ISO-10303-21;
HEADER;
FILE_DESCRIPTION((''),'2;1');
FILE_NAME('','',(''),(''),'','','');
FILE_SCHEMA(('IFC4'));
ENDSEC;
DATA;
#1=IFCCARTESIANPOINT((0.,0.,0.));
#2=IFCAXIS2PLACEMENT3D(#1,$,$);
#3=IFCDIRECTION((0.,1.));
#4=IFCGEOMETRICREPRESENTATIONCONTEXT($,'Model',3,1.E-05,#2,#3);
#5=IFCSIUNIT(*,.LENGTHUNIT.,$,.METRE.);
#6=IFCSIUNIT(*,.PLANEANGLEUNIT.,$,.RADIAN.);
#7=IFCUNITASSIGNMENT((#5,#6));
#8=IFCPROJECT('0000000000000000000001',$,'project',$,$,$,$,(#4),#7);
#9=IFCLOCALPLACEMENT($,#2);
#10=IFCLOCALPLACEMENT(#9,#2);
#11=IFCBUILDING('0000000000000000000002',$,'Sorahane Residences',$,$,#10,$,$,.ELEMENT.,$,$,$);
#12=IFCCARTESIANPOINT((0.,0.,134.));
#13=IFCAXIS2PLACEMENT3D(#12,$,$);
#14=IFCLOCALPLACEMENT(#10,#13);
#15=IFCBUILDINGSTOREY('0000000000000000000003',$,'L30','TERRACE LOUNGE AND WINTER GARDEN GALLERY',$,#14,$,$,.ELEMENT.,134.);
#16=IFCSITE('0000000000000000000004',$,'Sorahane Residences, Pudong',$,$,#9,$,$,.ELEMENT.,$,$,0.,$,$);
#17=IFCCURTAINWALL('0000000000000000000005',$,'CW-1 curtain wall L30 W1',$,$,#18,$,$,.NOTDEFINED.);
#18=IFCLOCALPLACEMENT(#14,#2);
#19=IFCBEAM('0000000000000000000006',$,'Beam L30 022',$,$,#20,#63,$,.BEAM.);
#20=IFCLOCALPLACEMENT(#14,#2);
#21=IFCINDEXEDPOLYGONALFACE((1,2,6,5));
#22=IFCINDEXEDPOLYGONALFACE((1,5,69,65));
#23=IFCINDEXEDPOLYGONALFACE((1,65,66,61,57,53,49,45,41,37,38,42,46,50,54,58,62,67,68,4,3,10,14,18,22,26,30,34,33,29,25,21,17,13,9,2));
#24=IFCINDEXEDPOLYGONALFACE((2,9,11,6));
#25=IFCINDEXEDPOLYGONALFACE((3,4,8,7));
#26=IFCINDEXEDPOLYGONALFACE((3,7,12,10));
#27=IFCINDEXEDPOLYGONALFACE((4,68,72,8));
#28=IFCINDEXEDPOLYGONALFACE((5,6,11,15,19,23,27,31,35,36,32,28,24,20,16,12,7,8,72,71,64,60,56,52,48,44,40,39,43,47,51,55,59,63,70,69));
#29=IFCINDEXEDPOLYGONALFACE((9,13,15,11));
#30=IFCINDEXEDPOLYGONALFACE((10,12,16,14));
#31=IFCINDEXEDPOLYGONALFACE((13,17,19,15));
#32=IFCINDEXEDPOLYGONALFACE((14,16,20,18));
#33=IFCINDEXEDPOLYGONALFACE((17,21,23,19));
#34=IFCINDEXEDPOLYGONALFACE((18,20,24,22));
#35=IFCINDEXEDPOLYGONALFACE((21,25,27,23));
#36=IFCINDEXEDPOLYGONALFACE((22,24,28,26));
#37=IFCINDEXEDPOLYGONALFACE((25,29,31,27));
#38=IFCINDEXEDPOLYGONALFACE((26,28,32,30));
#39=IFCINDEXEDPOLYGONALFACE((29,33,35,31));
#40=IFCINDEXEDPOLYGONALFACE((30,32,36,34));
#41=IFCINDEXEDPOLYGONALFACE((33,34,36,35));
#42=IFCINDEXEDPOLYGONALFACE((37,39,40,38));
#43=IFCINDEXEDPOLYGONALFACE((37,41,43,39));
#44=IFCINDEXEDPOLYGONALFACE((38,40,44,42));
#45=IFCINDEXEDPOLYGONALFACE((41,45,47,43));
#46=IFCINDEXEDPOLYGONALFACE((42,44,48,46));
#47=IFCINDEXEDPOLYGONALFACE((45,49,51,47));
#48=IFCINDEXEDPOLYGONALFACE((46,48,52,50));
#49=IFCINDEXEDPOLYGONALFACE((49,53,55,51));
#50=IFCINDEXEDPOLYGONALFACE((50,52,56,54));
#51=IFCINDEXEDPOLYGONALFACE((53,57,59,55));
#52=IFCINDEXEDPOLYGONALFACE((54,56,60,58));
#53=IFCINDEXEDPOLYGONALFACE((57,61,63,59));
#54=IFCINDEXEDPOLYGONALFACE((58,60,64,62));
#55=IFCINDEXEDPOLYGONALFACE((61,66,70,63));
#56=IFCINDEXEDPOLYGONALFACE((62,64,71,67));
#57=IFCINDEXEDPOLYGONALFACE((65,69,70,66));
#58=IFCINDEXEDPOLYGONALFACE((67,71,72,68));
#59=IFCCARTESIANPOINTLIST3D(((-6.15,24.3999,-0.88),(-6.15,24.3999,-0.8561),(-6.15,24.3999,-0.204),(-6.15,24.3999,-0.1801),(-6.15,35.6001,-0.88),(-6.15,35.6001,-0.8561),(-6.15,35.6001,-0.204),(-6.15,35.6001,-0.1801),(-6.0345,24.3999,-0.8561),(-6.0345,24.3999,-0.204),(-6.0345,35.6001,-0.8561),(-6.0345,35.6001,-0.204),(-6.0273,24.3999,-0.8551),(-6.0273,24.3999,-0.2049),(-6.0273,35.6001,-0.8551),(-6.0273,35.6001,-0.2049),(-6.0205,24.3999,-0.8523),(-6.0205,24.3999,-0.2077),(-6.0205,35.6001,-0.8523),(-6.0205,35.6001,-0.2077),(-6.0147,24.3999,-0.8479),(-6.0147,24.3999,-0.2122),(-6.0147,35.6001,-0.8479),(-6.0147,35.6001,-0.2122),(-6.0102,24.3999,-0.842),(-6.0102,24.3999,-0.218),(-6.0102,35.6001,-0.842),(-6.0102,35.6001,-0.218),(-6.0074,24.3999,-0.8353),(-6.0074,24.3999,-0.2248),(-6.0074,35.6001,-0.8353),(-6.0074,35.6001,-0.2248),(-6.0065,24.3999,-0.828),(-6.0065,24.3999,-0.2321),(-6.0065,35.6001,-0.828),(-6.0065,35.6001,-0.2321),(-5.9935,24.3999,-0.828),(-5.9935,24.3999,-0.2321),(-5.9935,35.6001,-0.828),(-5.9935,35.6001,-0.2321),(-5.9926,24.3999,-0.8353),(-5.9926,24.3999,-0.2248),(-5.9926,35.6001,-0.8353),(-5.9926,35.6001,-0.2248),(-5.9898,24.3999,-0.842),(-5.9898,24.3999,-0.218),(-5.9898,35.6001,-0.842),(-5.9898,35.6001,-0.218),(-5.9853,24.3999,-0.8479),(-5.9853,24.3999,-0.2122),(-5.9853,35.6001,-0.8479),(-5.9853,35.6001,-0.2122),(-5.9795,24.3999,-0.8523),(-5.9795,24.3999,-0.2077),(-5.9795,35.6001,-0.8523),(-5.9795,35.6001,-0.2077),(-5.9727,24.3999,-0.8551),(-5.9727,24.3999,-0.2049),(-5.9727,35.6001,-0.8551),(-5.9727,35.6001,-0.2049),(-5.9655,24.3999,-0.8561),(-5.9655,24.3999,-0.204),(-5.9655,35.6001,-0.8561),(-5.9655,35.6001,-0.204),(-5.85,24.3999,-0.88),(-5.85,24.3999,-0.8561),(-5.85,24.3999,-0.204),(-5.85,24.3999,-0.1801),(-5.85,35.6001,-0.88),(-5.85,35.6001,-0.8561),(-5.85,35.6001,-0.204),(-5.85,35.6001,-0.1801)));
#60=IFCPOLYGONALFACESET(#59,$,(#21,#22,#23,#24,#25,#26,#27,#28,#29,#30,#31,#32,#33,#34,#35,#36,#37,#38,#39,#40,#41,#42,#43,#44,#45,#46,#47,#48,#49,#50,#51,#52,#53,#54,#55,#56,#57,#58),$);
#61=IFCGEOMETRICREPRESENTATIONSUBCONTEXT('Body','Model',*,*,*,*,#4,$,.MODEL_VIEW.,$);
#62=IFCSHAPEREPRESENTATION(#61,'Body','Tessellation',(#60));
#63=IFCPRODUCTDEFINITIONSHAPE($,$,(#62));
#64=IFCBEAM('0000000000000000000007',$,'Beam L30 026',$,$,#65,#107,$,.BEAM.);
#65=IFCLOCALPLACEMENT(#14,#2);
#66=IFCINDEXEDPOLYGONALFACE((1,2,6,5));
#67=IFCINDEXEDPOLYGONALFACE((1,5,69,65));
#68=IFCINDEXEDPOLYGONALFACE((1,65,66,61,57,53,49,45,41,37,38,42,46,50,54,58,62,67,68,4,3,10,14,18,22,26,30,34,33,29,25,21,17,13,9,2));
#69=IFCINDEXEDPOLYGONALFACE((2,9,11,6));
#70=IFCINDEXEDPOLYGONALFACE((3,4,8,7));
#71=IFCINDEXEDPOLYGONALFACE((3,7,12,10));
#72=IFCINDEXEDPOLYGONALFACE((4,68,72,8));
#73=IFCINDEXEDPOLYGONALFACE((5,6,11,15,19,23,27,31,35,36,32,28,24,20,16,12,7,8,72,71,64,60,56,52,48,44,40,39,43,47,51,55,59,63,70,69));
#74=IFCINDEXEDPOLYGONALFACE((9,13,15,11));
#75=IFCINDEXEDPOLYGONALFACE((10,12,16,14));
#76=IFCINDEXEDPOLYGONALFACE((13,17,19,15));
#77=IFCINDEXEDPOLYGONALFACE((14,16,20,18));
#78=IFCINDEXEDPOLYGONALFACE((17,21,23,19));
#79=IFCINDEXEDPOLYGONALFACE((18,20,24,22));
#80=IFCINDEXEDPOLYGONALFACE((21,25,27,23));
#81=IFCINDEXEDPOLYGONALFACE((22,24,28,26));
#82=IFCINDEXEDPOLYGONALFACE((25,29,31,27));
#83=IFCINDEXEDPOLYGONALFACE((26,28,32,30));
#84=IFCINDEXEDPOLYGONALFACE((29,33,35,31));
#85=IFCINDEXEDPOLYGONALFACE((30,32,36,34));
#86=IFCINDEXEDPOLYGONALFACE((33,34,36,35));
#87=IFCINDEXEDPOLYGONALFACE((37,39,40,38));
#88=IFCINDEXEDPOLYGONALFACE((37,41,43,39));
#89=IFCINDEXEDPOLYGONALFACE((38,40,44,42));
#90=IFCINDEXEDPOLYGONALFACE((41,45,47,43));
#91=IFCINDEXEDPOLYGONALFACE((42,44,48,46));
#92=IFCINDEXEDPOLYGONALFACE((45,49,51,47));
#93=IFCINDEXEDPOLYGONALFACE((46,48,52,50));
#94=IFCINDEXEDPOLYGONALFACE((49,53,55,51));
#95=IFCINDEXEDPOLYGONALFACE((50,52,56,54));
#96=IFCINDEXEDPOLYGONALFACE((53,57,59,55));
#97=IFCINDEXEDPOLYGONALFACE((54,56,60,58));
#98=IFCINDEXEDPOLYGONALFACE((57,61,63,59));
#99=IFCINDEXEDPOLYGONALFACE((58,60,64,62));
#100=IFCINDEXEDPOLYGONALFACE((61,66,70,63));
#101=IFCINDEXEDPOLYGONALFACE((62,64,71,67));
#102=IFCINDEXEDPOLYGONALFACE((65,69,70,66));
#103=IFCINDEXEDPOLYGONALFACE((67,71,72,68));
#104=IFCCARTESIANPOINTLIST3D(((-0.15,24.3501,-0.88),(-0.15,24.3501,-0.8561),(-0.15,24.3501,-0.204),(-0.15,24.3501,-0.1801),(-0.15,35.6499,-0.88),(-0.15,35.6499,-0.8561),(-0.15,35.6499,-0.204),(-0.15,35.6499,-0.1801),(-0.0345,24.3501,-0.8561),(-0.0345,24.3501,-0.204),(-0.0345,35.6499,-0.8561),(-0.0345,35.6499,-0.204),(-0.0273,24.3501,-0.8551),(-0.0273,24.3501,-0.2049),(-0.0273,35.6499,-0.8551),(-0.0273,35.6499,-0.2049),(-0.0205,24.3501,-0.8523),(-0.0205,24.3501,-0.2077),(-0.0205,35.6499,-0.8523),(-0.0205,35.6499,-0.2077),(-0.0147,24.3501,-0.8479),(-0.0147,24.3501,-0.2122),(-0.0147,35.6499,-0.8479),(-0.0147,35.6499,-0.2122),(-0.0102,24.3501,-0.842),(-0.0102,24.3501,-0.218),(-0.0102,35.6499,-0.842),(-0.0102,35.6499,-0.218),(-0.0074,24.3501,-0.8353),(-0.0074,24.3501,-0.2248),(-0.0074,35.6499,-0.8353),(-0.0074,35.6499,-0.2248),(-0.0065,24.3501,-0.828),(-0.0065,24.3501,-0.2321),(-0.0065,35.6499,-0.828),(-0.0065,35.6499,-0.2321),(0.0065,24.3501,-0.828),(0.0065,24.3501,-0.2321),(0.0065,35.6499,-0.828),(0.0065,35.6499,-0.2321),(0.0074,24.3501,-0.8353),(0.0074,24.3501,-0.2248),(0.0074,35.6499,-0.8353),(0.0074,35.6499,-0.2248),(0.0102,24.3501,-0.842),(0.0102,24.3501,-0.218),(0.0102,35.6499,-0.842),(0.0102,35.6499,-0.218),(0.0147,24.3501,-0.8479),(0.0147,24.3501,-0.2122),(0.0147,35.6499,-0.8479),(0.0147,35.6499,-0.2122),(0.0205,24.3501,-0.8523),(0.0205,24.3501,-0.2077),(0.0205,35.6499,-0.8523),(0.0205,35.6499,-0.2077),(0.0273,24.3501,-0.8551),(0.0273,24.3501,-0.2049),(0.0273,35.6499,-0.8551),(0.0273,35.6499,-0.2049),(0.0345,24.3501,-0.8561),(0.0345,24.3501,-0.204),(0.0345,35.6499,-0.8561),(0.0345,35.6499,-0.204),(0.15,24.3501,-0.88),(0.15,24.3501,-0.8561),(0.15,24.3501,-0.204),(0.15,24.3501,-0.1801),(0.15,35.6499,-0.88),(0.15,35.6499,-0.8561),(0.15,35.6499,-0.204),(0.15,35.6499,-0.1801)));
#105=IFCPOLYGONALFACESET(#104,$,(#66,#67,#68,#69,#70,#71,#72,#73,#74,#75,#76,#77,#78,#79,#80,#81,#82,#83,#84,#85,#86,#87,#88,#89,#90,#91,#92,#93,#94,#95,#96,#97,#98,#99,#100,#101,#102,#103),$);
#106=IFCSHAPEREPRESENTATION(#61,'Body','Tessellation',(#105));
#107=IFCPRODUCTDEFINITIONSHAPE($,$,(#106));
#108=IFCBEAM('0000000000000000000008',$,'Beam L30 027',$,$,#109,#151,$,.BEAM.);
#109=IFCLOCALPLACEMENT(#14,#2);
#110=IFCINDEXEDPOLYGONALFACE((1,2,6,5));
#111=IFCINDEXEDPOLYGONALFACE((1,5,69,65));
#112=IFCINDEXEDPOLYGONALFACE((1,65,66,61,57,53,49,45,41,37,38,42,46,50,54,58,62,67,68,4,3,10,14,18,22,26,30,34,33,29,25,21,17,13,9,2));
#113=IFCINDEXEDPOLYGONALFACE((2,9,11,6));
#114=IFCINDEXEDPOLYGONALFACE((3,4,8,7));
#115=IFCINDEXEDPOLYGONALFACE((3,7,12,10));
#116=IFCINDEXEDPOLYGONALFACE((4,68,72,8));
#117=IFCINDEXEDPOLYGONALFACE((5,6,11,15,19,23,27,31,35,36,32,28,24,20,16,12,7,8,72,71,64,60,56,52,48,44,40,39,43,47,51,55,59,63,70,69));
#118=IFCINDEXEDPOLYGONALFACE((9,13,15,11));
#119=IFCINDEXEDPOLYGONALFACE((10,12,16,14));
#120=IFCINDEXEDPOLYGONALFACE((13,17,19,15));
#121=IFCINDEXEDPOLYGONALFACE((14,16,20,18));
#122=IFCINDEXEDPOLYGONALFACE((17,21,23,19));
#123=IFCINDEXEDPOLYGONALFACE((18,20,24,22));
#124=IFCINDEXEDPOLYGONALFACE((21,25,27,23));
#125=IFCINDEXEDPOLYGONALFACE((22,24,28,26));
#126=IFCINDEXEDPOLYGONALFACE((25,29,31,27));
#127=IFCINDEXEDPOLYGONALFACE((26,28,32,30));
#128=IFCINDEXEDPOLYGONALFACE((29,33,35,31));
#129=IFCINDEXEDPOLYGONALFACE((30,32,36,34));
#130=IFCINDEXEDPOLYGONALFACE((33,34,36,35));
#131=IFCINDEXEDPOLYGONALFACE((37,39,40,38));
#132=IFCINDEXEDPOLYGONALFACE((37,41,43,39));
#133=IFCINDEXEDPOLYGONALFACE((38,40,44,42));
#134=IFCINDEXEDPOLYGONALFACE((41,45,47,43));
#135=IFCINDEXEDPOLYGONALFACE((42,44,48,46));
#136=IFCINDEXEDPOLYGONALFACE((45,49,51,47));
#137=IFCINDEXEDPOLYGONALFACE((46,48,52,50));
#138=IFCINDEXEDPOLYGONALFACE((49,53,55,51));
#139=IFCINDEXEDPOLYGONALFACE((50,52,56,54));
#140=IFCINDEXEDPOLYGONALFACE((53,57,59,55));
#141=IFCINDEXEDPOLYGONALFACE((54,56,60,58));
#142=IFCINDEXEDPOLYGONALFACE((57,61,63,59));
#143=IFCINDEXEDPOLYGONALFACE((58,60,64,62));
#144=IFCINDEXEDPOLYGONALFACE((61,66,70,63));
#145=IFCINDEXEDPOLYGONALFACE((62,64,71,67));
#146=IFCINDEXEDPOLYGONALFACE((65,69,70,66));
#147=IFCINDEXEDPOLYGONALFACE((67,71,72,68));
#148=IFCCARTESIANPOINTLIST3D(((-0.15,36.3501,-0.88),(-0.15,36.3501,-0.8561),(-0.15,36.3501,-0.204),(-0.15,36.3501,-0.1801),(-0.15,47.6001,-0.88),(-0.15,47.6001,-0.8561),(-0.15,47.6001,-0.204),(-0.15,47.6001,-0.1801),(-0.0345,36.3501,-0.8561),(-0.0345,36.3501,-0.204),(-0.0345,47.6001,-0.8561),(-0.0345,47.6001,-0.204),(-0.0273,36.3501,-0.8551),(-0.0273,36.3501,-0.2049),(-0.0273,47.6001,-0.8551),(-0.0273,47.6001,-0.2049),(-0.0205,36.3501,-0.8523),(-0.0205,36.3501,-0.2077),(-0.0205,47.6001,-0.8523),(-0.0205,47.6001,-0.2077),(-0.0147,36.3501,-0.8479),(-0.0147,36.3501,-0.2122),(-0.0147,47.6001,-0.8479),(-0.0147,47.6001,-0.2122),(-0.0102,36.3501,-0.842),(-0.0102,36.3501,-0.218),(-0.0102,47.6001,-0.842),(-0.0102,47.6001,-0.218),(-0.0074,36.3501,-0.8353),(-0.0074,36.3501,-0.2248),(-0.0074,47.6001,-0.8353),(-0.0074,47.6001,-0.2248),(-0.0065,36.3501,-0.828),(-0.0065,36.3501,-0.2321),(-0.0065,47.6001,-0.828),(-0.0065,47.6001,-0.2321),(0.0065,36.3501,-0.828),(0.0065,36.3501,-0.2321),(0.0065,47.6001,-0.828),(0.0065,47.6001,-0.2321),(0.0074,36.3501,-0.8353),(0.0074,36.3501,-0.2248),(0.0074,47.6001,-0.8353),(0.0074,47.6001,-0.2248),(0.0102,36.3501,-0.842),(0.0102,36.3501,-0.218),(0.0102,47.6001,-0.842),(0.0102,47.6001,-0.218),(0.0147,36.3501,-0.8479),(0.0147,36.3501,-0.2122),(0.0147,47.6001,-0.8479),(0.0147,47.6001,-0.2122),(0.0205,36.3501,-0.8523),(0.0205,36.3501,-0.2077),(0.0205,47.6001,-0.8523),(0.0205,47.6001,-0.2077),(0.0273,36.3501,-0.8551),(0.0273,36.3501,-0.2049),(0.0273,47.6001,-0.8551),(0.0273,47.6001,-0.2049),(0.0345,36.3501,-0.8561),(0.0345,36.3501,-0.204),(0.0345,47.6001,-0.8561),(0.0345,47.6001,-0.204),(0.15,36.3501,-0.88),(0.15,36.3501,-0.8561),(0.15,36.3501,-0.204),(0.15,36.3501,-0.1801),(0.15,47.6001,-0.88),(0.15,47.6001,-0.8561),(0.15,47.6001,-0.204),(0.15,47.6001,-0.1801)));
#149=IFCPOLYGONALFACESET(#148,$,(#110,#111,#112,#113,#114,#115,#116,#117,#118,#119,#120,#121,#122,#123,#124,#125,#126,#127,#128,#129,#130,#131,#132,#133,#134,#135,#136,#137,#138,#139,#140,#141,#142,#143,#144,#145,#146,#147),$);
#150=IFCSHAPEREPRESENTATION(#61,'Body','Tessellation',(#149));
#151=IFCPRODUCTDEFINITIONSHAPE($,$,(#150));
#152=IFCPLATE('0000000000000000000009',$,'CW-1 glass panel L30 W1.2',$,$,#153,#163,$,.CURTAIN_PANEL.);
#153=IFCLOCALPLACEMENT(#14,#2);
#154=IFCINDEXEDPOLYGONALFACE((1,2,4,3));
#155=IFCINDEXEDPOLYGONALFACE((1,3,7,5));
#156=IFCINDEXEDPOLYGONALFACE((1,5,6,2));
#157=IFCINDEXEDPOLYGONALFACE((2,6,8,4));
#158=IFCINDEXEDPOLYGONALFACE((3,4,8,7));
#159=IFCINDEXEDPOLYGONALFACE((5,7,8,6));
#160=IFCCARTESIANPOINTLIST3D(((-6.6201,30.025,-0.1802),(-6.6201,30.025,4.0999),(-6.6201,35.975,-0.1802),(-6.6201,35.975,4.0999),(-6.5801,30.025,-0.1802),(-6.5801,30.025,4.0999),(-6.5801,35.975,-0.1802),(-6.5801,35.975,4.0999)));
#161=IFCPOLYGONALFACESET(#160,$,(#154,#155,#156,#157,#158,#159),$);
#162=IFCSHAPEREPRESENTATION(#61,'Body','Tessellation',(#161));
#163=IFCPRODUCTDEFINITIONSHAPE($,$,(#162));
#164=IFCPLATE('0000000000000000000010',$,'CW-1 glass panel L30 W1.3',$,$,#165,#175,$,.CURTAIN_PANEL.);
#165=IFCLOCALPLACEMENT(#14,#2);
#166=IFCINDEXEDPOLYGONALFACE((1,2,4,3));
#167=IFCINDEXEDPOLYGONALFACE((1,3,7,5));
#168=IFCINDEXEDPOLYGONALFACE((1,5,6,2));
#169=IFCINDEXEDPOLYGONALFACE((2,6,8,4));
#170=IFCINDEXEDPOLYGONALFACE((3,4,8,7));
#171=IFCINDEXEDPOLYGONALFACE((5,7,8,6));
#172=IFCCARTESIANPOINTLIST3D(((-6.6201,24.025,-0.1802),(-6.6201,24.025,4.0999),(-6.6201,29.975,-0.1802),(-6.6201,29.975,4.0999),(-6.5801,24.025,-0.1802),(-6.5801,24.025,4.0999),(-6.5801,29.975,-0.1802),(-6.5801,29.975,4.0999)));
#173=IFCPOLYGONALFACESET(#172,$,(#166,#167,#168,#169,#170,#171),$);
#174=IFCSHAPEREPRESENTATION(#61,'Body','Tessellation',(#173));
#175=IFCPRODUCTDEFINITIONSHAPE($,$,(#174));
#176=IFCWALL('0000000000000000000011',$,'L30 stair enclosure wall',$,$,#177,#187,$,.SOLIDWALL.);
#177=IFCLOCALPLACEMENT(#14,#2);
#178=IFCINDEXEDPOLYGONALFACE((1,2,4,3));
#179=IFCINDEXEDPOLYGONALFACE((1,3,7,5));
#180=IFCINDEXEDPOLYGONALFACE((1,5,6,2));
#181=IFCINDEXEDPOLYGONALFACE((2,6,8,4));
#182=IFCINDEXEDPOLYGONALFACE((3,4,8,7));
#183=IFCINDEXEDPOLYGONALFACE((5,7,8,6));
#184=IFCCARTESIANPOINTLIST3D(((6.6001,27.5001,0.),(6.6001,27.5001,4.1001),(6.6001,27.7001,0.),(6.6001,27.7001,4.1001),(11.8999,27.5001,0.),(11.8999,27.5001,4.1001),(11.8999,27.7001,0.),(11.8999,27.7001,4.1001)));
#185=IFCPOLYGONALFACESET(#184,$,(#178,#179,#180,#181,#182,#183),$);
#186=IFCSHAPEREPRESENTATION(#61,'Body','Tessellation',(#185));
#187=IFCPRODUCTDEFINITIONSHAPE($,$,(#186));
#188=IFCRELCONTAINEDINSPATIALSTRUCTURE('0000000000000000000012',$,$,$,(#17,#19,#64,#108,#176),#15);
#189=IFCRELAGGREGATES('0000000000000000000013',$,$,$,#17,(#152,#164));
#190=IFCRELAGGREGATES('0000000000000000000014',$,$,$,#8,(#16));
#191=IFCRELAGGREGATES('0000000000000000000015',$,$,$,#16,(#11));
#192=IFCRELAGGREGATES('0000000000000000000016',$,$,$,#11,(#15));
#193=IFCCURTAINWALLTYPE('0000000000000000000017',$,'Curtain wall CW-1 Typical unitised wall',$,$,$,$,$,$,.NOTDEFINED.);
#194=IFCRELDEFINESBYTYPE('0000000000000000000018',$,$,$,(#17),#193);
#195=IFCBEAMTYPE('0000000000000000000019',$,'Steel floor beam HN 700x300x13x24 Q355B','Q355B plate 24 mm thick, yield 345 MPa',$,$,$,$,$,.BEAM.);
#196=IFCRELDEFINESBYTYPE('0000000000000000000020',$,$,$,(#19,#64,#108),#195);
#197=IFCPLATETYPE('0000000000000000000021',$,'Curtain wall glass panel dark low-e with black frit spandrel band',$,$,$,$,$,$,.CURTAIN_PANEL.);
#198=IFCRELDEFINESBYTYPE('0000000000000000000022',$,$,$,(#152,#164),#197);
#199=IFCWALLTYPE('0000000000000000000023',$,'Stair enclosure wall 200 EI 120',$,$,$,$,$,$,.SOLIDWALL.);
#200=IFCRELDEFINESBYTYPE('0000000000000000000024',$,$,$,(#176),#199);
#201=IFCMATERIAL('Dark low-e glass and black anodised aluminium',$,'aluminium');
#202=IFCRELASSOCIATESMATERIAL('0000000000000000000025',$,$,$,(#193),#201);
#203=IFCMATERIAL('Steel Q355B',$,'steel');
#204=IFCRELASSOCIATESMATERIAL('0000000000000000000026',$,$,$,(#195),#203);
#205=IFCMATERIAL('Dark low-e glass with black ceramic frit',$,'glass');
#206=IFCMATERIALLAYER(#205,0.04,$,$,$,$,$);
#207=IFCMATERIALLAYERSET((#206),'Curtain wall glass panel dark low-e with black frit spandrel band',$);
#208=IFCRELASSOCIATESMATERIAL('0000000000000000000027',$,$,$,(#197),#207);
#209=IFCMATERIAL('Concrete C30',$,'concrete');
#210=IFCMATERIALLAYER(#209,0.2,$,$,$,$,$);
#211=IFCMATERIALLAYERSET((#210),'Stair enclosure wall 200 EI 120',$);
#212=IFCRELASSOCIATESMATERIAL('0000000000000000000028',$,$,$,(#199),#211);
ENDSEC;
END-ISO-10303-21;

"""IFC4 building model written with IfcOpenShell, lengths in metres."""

from ifc_helpers import new_model, si_unit, direction, frame, frame_2d, origin, origin_2d, place, context, subcontext, project, spatial, rectangle, i_section, extrude, material, layer, layer_set, material_profile, profile_set, type_object, element, aggregate, save


model = new_model("IFC4")

# Units and contexts
model_context = context("Model", 3, precision=1e-05, world=origin(), true_north=direction((0.0, 1.0)))
body_context = subcontext(model_context, "Body", "Model", "MODEL_VIEW")
ifc_project = project(units=[si_unit("LENGTHUNIT", "METRE"), si_unit("PLANEANGLEUNIT", "RADIAN")], contexts=[model_context])

# Site, building, storey
site_placement = place(None, origin())
site = spatial("IfcSite", under=ifc_project, at=site_placement, Name="Sorahane Residences, Pudong", CompositionType="ELEMENT", RefElevation=0.0)
building_placement = place(site_placement, origin())
building = spatial("IfcBuilding", under=site, at=building_placement, Name="Sorahane Residences", CompositionType="ELEMENT")
storey_placement = place(building_placement, frame((0.0, 0.0, 134.0)))
storey = spatial("IfcBuildingStorey", under=building, at=storey_placement, Name="L30", Description="TERRACE LOUNGE AND WINTER GARDEN GALLERY", CompositionType="ELEMENT", Elevation=134.0)

# Curtain wall
ifc_material_1 = material(Name="Dark low-e glass and black anodised aluminium", Category="aluminium")
curtain_wall_type = type_object("IfcCurtainWallType", Name="Curtain wall CW-1 Typical unitised wall", PredefinedType="NOTDEFINED", material=ifc_material_1)
curtain_wall_placement = place(storey_placement, origin())
curtain_wall = element("IfcCurtainWall", 1, at=curtain_wall_placement, inside=storey, type_object=curtain_wall_type, Name="CW-1 curtain wall L30 W1", PredefinedType="NOTDEFINED")

# Beams
ifc_material_2 = material(Name="Steel Q355B", Category="steel")
ifc_material_profile_1 = material_profile(ifc_material_2, i_section(OverallWidth=0.3, OverallDepth=0.7, WebThickness=0.0129, FlangeThickness=0.0239, FilletRadius=0.0281, at=origin_2d()), Name="HN 700x300x13x24")
ifc_profile_set_1 = profile_set([ifc_material_profile_1], Name="Steel Q355B")
beam_type_1 = type_object("IfcBeamType", Name="Steel floor beam HN 700x300x13x24 Q355B", Description="Q355B plate 24 mm thick, yield 345 MPa", PredefinedType="BEAM", material=ifc_profile_set_1)
beam_1_placement = place(storey_placement, frame((-6.0, 24.3999, -0.53), z_axis=(0.0, 1.0, 0.0), x_axis=(-1.0, 0.0, 0.0)))
element("IfcBeam", 2, at=beam_1_placement, inside=storey, type_object=beam_type_1, Name="Beam L30 022", PredefinedType="BEAM", context=body_context, shape_type="SweptSolid", body=[
    extrude(i_section(OverallWidth=0.3, OverallDepth=0.7, WebThickness=0.0129, FlangeThickness=0.0239, FilletRadius=0.0281, at=origin_2d()), origin(), (0.0, 0.0, 1.0), 11.2002),
])
beam_2_placement = place(storey_placement, frame((0.0, 24.3501, -0.53), z_axis=(0.0, 1.0, 0.0), x_axis=(-1.0, 0.0, 0.0)))
element("IfcBeam", 3, at=beam_2_placement, inside=storey, type_object=beam_type_1, Name="Beam L30 026", PredefinedType="BEAM", context=body_context, shape_type="SweptSolid", body=[
    extrude(i_section(OverallWidth=0.3, OverallDepth=0.7, WebThickness=0.0129, FlangeThickness=0.0239, FilletRadius=0.0281, at=origin_2d()), origin(), (0.0, 0.0, 1.0), 11.2998),
])
beam_3_placement = place(storey_placement, frame((0.0, 36.3501, -0.53), z_axis=(0.0, 1.0, 0.0), x_axis=(-1.0, 0.0, 0.0)))
element("IfcBeam", 4, at=beam_3_placement, inside=storey, type_object=beam_type_1, Name="Beam L30 027", PredefinedType="BEAM", context=body_context, shape_type="SweptSolid", body=[
    extrude(i_section(OverallWidth=0.3, OverallDepth=0.7, WebThickness=0.0129, FlangeThickness=0.0239, FilletRadius=0.0281, at=origin_2d()), origin(), (0.0, 0.0, 1.0), 11.25),
])

# Plates
ifc_material_3 = material(Name="Dark low-e glass with black ceramic frit", Category="glass")
ifc_layer_1 = layer(ifc_material_3, 0.04)
ifc_layer_set_1 = layer_set([ifc_layer_1], Name="Curtain wall glass panel dark low-e with black frit spandrel band")
plate_type = type_object("IfcPlateType", Name="Curtain wall glass panel dark low-e with black frit spandrel band", PredefinedType="CURTAIN_PANEL", material=ifc_layer_set_1)
plate_1_placement = place(storey_placement, frame((-6.6001, 33.0, -0.1802), z_axis=(0.0, 0.0, 1.0), x_axis=(0.0, -1.0, 0.0)))
plate_1 = element("IfcPlate", 5, at=plate_1_placement, type_object=plate_type, Name="CW-1 glass panel L30 W1.2", PredefinedType="CURTAIN_PANEL", context=body_context, shape_type="SweptSolid", body=[
    extrude(rectangle(XDim=5.95, YDim=0.04, at=origin_2d()), origin(), (0.0, 0.0, 1.0), 4.28),
])
plate_2_placement = place(storey_placement, frame((-6.6001, 27.0, -0.1802), z_axis=(0.0, 0.0, 1.0), x_axis=(0.0, -1.0, 0.0)))
plate_2 = element("IfcPlate", 6, at=plate_2_placement, type_object=plate_type, Name="CW-1 glass panel L30 W1.3", PredefinedType="CURTAIN_PANEL", context=body_context, shape_type="SweptSolid", body=[
    extrude(rectangle(XDim=5.95, YDim=0.04, at=origin_2d()), origin(), (0.0, 0.0, 1.0), 4.28),
])
aggregate(curtain_wall, [plate_1, plate_2])

# Wall
ifc_material_4 = material(Name="Concrete C30", Category="concrete")
ifc_layer_2 = layer(ifc_material_4, 0.2)
ifc_layer_set_2 = layer_set([ifc_layer_2], Name="Stair enclosure wall 200 EI 120")
wall_type = type_object("IfcWallType", Name="Stair enclosure wall 200 EI 120", PredefinedType="SOLIDWALL", material=ifc_layer_set_2)
wall_placement = place(storey_placement, frame((6.6001, 27.6001, 0.0), z_axis=(0.0, 0.0, 1.0), x_axis=(1.0, 0.0, 0.0)))
element("IfcWall", 7, at=wall_placement, inside=storey, type_object=wall_type, Name="L30 stair enclosure wall", PredefinedType="SOLIDWALL", context=body_context, shape_type="SweptSolid", body=[
    extrude(rectangle(XDim=5.2998, YDim=0.2, at=frame_2d((2.6499, 0.0))), origin(), (0.0, 0.0, 1.0), 4.1001),
])

save(model, "model.ifc")
